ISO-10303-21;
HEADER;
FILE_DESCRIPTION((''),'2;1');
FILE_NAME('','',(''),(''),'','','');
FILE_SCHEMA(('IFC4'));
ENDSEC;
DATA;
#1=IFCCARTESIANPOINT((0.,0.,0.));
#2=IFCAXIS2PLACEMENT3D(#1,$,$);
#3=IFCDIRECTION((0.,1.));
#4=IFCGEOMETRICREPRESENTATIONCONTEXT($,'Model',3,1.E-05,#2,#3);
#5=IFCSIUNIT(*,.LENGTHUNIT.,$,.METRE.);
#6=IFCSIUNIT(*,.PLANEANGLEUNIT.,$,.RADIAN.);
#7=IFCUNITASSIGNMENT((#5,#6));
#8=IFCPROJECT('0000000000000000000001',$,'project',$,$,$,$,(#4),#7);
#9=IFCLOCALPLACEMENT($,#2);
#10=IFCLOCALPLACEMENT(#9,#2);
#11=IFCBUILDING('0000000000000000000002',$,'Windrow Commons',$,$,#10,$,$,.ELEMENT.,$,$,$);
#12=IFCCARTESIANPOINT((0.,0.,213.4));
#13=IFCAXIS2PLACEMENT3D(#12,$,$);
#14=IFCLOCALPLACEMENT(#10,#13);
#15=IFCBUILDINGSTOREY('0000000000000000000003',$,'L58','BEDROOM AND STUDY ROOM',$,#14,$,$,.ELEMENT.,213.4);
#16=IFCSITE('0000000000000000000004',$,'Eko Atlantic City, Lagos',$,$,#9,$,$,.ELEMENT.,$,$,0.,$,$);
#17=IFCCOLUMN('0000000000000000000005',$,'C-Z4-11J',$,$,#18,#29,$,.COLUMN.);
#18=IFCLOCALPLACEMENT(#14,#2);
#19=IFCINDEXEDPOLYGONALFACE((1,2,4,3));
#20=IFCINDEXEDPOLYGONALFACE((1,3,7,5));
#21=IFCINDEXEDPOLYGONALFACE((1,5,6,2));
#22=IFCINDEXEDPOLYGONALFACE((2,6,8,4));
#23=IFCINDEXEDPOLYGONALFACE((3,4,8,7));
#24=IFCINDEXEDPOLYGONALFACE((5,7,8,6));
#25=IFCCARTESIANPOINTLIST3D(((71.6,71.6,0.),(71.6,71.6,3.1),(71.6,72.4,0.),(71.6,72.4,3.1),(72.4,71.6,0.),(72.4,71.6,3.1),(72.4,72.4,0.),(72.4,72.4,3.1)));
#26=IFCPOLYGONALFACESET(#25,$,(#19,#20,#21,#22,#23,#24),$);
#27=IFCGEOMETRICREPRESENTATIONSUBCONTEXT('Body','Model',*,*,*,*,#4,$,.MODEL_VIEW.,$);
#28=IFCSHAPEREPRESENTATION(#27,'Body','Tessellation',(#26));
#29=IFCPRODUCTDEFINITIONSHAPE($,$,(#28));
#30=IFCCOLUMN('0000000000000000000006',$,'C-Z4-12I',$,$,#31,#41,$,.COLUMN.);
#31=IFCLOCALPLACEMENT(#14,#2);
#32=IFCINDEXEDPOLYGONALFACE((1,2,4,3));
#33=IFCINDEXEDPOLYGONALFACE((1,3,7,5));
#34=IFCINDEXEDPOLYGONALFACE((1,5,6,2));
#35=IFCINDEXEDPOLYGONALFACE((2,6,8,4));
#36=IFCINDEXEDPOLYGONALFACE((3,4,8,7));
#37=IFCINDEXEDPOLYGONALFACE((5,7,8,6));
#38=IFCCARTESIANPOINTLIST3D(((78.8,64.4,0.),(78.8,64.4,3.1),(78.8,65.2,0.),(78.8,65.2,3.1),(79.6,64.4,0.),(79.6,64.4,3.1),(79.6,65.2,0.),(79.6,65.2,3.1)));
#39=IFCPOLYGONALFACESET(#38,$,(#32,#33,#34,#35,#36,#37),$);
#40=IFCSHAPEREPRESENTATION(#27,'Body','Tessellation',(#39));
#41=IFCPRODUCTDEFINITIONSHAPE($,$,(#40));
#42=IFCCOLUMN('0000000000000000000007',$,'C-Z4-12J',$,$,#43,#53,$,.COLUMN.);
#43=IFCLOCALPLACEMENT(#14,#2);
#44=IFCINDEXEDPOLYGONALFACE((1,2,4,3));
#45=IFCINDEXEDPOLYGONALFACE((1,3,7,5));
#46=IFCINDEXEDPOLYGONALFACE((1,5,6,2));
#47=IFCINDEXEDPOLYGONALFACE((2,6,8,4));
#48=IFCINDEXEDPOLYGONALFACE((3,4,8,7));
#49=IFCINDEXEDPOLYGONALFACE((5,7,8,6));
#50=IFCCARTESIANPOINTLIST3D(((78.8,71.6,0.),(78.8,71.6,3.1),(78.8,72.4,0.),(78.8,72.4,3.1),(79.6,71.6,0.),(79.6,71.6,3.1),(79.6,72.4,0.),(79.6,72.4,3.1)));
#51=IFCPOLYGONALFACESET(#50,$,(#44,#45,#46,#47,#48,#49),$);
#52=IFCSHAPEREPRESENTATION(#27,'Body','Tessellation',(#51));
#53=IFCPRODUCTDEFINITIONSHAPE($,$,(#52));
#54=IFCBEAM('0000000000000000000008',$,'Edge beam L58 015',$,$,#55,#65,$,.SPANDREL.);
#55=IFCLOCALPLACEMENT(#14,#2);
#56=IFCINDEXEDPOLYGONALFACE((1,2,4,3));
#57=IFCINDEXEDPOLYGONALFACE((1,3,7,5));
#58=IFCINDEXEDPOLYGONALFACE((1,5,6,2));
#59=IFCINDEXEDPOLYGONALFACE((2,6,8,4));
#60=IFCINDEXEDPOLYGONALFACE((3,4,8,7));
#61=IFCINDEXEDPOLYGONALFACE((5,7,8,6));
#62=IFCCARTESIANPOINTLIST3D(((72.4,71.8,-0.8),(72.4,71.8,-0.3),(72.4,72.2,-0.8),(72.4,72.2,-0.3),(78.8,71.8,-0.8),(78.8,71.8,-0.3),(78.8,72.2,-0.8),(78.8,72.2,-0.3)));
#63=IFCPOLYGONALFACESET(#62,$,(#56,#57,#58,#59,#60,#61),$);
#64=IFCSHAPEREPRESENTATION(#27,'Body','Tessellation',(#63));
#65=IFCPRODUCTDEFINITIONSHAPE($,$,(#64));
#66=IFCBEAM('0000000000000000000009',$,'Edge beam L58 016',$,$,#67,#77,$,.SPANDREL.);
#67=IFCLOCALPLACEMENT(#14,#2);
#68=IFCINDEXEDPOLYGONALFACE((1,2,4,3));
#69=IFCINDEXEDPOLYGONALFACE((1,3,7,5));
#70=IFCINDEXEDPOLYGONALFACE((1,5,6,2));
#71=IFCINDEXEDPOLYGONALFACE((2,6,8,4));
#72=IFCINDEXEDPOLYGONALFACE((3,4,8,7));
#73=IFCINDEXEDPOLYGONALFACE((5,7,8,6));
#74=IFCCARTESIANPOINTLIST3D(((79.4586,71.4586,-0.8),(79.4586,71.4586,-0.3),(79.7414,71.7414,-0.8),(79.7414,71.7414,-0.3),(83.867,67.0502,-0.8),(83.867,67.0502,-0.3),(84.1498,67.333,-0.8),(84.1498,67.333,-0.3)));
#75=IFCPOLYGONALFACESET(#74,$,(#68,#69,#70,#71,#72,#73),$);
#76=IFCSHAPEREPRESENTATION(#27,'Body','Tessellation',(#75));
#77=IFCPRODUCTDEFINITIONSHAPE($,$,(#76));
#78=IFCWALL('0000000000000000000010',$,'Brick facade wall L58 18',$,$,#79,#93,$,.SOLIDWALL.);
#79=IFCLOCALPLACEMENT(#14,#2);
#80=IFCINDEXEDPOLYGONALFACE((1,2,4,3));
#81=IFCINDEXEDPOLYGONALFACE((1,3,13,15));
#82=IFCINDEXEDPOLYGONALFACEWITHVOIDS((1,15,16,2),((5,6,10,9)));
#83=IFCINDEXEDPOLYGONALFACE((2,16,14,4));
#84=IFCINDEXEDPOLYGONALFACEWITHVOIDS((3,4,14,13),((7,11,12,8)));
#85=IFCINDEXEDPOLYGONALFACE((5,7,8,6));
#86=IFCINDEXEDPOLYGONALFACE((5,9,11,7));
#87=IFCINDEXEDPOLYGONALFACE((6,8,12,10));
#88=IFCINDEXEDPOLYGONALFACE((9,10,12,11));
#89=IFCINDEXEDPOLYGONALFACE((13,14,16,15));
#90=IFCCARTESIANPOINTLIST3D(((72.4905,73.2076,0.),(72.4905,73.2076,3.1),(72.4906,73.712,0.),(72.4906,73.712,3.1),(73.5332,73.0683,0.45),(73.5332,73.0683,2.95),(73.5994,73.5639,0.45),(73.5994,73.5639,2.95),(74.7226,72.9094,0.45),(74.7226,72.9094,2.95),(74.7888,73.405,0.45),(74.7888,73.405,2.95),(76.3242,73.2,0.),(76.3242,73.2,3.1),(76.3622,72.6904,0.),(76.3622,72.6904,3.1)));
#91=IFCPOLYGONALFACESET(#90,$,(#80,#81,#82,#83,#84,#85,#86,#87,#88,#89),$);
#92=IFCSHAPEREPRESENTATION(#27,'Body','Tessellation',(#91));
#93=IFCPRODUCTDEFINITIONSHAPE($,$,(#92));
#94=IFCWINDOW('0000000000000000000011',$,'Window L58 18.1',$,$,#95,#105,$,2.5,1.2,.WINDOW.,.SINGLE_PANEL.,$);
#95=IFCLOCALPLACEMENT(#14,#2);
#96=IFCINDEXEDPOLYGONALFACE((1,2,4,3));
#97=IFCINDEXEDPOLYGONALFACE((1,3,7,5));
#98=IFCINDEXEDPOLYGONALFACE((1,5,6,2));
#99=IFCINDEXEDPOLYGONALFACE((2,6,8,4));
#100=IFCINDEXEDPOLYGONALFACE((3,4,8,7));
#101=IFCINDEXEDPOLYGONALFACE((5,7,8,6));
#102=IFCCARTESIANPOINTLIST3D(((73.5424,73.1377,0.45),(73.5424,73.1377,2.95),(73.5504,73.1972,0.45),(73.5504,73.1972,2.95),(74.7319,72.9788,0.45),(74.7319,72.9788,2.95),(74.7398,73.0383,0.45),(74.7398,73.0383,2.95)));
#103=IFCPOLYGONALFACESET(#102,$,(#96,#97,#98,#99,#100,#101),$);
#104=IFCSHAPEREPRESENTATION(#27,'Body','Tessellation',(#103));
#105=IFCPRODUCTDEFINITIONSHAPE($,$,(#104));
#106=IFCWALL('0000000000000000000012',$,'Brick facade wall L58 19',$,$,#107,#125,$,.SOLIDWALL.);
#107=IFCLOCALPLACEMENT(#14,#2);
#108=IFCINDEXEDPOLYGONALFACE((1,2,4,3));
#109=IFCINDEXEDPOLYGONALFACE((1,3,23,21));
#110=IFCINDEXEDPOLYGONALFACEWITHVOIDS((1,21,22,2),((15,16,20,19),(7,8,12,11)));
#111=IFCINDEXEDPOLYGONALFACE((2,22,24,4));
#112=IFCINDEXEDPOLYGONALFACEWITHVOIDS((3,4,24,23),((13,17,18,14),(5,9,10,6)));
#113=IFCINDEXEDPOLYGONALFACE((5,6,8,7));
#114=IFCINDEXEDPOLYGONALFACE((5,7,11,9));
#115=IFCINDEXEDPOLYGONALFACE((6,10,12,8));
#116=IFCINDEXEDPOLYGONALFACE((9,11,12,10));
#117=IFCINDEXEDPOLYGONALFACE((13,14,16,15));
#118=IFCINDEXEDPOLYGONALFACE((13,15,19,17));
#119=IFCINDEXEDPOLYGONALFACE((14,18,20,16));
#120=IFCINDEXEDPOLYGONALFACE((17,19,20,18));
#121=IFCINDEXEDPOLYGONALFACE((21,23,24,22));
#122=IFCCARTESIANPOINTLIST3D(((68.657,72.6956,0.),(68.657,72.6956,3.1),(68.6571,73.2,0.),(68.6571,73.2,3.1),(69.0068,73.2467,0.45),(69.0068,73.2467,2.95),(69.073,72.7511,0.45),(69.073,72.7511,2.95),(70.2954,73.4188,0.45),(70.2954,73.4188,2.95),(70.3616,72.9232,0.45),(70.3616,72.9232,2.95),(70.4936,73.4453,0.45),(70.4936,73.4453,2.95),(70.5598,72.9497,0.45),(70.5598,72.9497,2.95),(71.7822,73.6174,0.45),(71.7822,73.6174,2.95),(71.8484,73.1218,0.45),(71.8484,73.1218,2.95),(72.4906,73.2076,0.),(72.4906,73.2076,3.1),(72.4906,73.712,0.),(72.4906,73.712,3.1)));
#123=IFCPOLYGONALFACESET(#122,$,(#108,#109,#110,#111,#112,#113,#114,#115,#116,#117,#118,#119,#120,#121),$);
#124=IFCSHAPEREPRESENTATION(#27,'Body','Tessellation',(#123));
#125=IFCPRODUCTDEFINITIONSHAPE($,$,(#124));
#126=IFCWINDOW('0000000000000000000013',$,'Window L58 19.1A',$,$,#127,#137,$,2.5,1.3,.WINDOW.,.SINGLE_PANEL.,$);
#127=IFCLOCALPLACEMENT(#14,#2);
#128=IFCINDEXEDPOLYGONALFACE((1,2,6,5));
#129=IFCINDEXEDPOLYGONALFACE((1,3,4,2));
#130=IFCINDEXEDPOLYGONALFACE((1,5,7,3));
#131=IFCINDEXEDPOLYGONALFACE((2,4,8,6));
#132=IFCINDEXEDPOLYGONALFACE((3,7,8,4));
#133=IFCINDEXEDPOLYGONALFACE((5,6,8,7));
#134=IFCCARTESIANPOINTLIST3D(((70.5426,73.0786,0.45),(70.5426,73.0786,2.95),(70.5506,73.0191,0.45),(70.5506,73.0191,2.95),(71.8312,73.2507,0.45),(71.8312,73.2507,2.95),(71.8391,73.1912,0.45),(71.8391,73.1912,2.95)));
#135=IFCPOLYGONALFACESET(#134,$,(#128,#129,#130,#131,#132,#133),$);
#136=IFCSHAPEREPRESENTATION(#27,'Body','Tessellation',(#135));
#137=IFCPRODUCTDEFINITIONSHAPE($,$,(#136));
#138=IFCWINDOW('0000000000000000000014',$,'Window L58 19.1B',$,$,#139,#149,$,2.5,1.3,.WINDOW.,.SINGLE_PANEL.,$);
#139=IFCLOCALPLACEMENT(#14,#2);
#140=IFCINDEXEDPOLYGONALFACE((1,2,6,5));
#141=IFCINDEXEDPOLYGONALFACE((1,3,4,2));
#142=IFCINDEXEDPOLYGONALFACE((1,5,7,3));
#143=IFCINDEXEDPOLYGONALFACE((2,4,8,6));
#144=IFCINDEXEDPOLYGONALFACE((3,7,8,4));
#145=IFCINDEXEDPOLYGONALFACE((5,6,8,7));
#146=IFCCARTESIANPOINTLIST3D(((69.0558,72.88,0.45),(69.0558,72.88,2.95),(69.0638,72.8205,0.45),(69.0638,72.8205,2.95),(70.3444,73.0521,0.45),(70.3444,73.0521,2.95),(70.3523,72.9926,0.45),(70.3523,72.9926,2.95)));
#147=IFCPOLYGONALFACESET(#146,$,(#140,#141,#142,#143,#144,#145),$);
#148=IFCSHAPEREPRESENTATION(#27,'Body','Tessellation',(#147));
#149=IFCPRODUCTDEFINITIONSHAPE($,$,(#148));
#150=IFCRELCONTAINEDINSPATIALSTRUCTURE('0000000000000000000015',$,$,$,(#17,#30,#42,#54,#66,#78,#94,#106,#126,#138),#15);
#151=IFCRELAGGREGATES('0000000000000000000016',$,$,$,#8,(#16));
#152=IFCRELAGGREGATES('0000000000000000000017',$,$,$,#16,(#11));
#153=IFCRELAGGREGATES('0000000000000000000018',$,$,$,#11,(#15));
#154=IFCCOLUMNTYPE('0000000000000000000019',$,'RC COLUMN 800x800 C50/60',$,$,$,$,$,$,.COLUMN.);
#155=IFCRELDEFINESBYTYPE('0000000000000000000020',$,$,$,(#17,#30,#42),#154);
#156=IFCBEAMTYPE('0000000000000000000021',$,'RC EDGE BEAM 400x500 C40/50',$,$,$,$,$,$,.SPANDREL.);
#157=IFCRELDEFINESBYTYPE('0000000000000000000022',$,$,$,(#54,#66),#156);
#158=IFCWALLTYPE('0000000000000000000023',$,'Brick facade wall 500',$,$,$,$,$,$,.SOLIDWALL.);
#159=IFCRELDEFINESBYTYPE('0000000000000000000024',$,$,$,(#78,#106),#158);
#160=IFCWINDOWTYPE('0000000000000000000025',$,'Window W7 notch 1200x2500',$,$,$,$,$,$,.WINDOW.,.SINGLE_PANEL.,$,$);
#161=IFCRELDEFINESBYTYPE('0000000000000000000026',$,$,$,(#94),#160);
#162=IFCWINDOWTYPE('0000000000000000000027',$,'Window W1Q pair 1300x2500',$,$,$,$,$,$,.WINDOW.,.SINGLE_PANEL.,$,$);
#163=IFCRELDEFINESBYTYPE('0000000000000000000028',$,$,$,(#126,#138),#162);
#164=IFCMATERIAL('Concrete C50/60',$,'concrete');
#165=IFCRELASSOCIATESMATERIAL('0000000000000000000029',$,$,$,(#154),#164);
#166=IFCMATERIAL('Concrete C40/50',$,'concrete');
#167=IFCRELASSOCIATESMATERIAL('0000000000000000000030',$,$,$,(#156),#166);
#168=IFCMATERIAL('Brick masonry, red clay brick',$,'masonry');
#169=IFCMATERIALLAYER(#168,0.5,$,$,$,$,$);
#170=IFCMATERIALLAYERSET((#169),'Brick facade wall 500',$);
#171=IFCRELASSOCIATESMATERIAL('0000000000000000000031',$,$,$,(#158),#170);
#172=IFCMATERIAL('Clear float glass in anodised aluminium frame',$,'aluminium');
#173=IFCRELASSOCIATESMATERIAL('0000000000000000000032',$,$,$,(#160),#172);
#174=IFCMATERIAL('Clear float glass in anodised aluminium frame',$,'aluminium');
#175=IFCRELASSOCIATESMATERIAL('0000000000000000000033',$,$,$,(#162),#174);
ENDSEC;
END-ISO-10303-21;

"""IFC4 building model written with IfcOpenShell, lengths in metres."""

from ifc_helpers import new_model, si_unit, direction, frame, frame_2d, origin, origin_2d, place, context, subcontext, project, spatial, polyline, rectangle, outline, extrude, material, layer, layer_set, material_profile, profile_set, type_object, element, fill, save


model = new_model("IFC4")

# Units and contexts
model_context = context("Model", 3, precision=1e-05, world=origin(), true_north=direction((0.0, 1.0)))
body_context = subcontext(model_context, "Body", "Model", "MODEL_VIEW")
ifc_project = project(units=[si_unit("LENGTHUNIT", "METRE"), si_unit("PLANEANGLEUNIT", "RADIAN")], contexts=[model_context])

# Site, building, storey
site_placement = place(None, origin())
site = spatial("IfcSite", under=ifc_project, at=site_placement, Name="Eko Atlantic City, Lagos", CompositionType="ELEMENT", RefElevation=0.0)
building_placement = place(site_placement, origin())
building = spatial("IfcBuilding", under=site, at=building_placement, Name="Windrow Commons", CompositionType="ELEMENT")
storey_placement = place(building_placement, frame((0.0, 0.0, 213.4)))
storey = spatial("IfcBuildingStorey", under=building, at=storey_placement, Name="L58", Description="BEDROOM AND STUDY ROOM", CompositionType="ELEMENT", Elevation=213.4)

# Columns
ifc_material_1 = material(Name="Concrete C50/60", Category="concrete")
ifc_material_profile_1 = material_profile(ifc_material_1, rectangle(XDim=0.8, YDim=0.8, at=origin_2d()))
ifc_profile_set_1 = profile_set([ifc_material_profile_1], Name="Concrete C50/60")
column_type = type_object("IfcColumnType", Name="RC COLUMN 800x800 C50/60", PredefinedType="COLUMN", material=ifc_profile_set_1)
for number, where, z_axis, x_axis, name in (
    (1, (72.0, 72.0, 0.0), (0.0, 0.0, 1.0), (1.0, 0.0, 0.0), "C-Z4-11J"),
    (2, (79.2, 64.8, 0.0), (0.0, 0.0, 1.0), (1.0, 0.0, 0.0), "C-Z4-12I"),
    (3, (79.2, 72.0, 0.0), (0.0, 0.0, 1.0), (1.0, 0.0, 0.0), "C-Z4-12J"),
):
    element("IfcColumn", number, at=place(storey_placement, frame(where, z_axis=z_axis, x_axis=x_axis)), inside=storey, type_object=column_type, Name=name, PredefinedType="COLUMN", context=body_context, shape_type="SweptSolid", body=[
        extrude(rectangle(XDim=0.8, YDim=0.8, at=origin_2d()), origin(), (0.0, 0.0, 1.0), 3.1),
    ])

# Beams
ifc_material_2 = material(Name="Concrete C40/50", Category="concrete")
ifc_material_profile_2 = material_profile(ifc_material_2, rectangle(XDim=0.4, YDim=0.5, at=origin_2d()))
ifc_profile_set_2 = profile_set([ifc_material_profile_2], Name="Concrete C40/50")
beam_type = type_object("IfcBeamType", Name="RC EDGE BEAM 400x500 C40/50", PredefinedType="SPANDREL", material=ifc_profile_set_2)
beam_1_placement = place(storey_placement, frame((72.4, 72.0, -0.55), z_axis=(1.0, 0.0, 0.0), x_axis=(0.0, 1.0, 0.0)))
element("IfcBeam", 4, at=beam_1_placement, inside=storey, type_object=beam_type, Name="Edge beam L58 015", PredefinedType="SPANDREL", context=body_context, shape_type="SweptSolid", body=[
    extrude(rectangle(XDim=0.4, YDim=0.5, at=origin_2d()), origin(), (0.0, 0.0, 1.0), 6.4),
])
beam_2_placement = place(storey_placement, frame((79.6, 71.6, -0.55), z_axis=(0.707107, -0.707107, 0.0), x_axis=(0.707107, 0.707107, 0.0)))
element("IfcBeam", 5, at=beam_2_placement, inside=storey, type_object=beam_type, Name="Edge beam L58 016", PredefinedType="SPANDREL", context=body_context, shape_type="SweptSolid", body=[
    extrude(rectangle(XDim=0.4, YDim=0.5, at=origin_2d()), origin(), (0.0, 0.0, 1.0), 6.2344),
])

# Wall, opening, window
ifc_material_3 = material(Name="Brick masonry, red clay brick", Category="masonry")
ifc_layer_1 = layer(ifc_material_3, 0.5)
ifc_layer_set_1 = layer_set([ifc_layer_1], Name="Brick facade wall 500")
wall_type_1 = type_object("IfcWallType", Name="Brick facade wall 500", PredefinedType="SOLIDWALL", material=ifc_layer_set_1)
wall_1_placement = place(storey_placement, frame((76.3432, 72.9452, 0.0), z_axis=(0.0, 0.0, 1.0), x_axis=(-0.991197, 0.132396, 0.0)))
wall_1 = element("IfcWall", 6, at=wall_1_placement, inside=storey, type_object=wall_type_1, Name="Brick facade wall L58 18", PredefinedType="SOLIDWALL", context=body_context, shape_type="SweptSolid", body=[
    extrude(outline(polyline([(0.0526, -0.25), (3.9202, -0.25), (3.8535, 0.25), (-0.0526, 0.25), (0.0526, -0.25)])), origin(), (0.0, 0.0, 1.0), 3.1),
])
opening_1_placement = place(wall_1_placement, frame((1.6016, 0.0, 0.45)))
opening_1 = element("IfcOpeningElement", 7, at=opening_1_placement, cuts=wall_1, PredefinedType="OPENING", context=body_context, shape_type="SweptSolid", body=[
    extrude(rectangle(XDim=1.2, YDim=2.5, at=frame_2d((0.6, 1.25))), frame((0.0, 0.26, 0.0), z_axis=(0.0, -1.0, 0.0), x_axis=(1.0, 0.0, 0.0)), (0.0, 0.0, 1.0), 0.52),
])
ifc_material_4 = material(Name="Clear float glass in anodised aluminium frame", Category="aluminium")
window_type_1 = type_object("IfcWindowType", Name="Window W7 notch 1200x2500", PartitioningType="SINGLE_PANEL", PredefinedType="WINDOW", material=ifc_material_4)
window_1_placement = place(opening_1_placement, origin())
window_1 = element("IfcWindow", 8, at=window_1_placement, inside=storey, type_object=window_type_1, Name="Window L58 18.1", OverallHeight=2.5, OverallWidth=1.2, PartitioningType="SINGLE_PANEL", PredefinedType="WINDOW", context=body_context, shape_type="SweptSolid", body=[
    extrude(rectangle(XDim=1.2, YDim=2.5, at=frame_2d((0.6, 1.25))), frame((0.0, 0.18, 0.0), z_axis=(0.0, -1.0, 0.0), x_axis=(1.0, 0.0, 0.0)), (0.0, 0.0, 1.0), 0.06),
])
fill(opening_1, window_1)

# Wall, openings, windows
wall_2_placement = place(storey_placement, frame((72.4906, 73.4598, 0.0), z_axis=(0.0, 0.0, 1.0), x_axis=(-0.991199, -0.132384, 0.0)))
wall_2 = element("IfcWall", 9, at=wall_2_placement, inside=storey, type_object=wall_type_1, Name="Brick facade wall L58 19", PredefinedType="SOLIDWALL", context=body_context, shape_type="SweptSolid", body=[
    extrude(outline(polyline([(-0.0334, -0.25), (3.8342, -0.25), (3.901, 0.25), (0.0334, 0.25), (-0.0334, -0.25)])), origin(), (0.0, 0.0, 1.0), 3.1),
])
opening_2_placement = place(wall_2_placement, frame((0.6813, 0.0, 0.45)))
opening_2 = element("IfcOpeningElement", 10, at=opening_2_placement, cuts=wall_2, PredefinedType="OPENING", context=body_context, shape_type="SweptSolid", body=[
    extrude(rectangle(XDim=1.3, YDim=2.5, at=frame_2d((0.65, 1.25))), frame((0.0, 0.26, 0.0), z_axis=(0.0, -1.0, 0.0), x_axis=(1.0, 0.0, 0.0)), (0.0, 0.0, 1.0), 0.52),
])
opening_3_placement = place(wall_2_placement, frame((2.1813, 0.0, 0.45)))
opening_3 = element("IfcOpeningElement", 11, at=opening_3_placement, cuts=wall_2, PredefinedType="OPENING", context=body_context, shape_type="SweptSolid", body=[
    extrude(rectangle(XDim=1.3, YDim=2.5, at=frame_2d((0.65, 1.25))), frame((0.0, 0.26, 0.0), z_axis=(0.0, -1.0, 0.0), x_axis=(1.0, 0.0, 0.0)), (0.0, 0.0, 1.0), 0.52),
])
ifc_material_5 = material(Name="Clear float glass in anodised aluminium frame", Category="aluminium")
window_type_2 = type_object("IfcWindowType", Name="Window W1Q pair 1300x2500", PartitioningType="SINGLE_PANEL", PredefinedType="WINDOW", material=ifc_material_5)
window_2_placement = place(opening_2_placement, origin())
window_2 = element("IfcWindow", 12, at=window_2_placement, inside=storey, type_object=window_type_2, Name="Window L58 19.1A", OverallHeight=2.5, OverallWidth=1.3, PartitioningType="SINGLE_PANEL", PredefinedType="WINDOW", context=body_context, shape_type="SweptSolid", body=[
    extrude(rectangle(XDim=1.3, YDim=2.5, at=frame_2d((0.65, 1.25))), frame((0.0, 0.18, 0.0), z_axis=(0.0, -1.0, 0.0), x_axis=(1.0, 0.0, 0.0)), (0.0, 0.0, 1.0), 0.06),
])
fill(opening_2, window_2)
window_3_placement = place(opening_3_placement, origin())
window_3 = element("IfcWindow", 13, at=window_3_placement, inside=storey, type_object=window_type_2, Name="Window L58 19.1B", OverallHeight=2.5, OverallWidth=1.3, PartitioningType="SINGLE_PANEL", PredefinedType="WINDOW", context=body_context, shape_type="SweptSolid", body=[
    extrude(rectangle(XDim=1.3, YDim=2.5, at=frame_2d((0.65, 1.25))), frame((0.0, 0.18, 0.0), z_axis=(0.0, -1.0, 0.0), x_axis=(1.0, 0.0, 0.0)), (0.0, 0.0, 1.0), 0.06),
])
fill(opening_3, window_3)

save(model, "model.ifc")
